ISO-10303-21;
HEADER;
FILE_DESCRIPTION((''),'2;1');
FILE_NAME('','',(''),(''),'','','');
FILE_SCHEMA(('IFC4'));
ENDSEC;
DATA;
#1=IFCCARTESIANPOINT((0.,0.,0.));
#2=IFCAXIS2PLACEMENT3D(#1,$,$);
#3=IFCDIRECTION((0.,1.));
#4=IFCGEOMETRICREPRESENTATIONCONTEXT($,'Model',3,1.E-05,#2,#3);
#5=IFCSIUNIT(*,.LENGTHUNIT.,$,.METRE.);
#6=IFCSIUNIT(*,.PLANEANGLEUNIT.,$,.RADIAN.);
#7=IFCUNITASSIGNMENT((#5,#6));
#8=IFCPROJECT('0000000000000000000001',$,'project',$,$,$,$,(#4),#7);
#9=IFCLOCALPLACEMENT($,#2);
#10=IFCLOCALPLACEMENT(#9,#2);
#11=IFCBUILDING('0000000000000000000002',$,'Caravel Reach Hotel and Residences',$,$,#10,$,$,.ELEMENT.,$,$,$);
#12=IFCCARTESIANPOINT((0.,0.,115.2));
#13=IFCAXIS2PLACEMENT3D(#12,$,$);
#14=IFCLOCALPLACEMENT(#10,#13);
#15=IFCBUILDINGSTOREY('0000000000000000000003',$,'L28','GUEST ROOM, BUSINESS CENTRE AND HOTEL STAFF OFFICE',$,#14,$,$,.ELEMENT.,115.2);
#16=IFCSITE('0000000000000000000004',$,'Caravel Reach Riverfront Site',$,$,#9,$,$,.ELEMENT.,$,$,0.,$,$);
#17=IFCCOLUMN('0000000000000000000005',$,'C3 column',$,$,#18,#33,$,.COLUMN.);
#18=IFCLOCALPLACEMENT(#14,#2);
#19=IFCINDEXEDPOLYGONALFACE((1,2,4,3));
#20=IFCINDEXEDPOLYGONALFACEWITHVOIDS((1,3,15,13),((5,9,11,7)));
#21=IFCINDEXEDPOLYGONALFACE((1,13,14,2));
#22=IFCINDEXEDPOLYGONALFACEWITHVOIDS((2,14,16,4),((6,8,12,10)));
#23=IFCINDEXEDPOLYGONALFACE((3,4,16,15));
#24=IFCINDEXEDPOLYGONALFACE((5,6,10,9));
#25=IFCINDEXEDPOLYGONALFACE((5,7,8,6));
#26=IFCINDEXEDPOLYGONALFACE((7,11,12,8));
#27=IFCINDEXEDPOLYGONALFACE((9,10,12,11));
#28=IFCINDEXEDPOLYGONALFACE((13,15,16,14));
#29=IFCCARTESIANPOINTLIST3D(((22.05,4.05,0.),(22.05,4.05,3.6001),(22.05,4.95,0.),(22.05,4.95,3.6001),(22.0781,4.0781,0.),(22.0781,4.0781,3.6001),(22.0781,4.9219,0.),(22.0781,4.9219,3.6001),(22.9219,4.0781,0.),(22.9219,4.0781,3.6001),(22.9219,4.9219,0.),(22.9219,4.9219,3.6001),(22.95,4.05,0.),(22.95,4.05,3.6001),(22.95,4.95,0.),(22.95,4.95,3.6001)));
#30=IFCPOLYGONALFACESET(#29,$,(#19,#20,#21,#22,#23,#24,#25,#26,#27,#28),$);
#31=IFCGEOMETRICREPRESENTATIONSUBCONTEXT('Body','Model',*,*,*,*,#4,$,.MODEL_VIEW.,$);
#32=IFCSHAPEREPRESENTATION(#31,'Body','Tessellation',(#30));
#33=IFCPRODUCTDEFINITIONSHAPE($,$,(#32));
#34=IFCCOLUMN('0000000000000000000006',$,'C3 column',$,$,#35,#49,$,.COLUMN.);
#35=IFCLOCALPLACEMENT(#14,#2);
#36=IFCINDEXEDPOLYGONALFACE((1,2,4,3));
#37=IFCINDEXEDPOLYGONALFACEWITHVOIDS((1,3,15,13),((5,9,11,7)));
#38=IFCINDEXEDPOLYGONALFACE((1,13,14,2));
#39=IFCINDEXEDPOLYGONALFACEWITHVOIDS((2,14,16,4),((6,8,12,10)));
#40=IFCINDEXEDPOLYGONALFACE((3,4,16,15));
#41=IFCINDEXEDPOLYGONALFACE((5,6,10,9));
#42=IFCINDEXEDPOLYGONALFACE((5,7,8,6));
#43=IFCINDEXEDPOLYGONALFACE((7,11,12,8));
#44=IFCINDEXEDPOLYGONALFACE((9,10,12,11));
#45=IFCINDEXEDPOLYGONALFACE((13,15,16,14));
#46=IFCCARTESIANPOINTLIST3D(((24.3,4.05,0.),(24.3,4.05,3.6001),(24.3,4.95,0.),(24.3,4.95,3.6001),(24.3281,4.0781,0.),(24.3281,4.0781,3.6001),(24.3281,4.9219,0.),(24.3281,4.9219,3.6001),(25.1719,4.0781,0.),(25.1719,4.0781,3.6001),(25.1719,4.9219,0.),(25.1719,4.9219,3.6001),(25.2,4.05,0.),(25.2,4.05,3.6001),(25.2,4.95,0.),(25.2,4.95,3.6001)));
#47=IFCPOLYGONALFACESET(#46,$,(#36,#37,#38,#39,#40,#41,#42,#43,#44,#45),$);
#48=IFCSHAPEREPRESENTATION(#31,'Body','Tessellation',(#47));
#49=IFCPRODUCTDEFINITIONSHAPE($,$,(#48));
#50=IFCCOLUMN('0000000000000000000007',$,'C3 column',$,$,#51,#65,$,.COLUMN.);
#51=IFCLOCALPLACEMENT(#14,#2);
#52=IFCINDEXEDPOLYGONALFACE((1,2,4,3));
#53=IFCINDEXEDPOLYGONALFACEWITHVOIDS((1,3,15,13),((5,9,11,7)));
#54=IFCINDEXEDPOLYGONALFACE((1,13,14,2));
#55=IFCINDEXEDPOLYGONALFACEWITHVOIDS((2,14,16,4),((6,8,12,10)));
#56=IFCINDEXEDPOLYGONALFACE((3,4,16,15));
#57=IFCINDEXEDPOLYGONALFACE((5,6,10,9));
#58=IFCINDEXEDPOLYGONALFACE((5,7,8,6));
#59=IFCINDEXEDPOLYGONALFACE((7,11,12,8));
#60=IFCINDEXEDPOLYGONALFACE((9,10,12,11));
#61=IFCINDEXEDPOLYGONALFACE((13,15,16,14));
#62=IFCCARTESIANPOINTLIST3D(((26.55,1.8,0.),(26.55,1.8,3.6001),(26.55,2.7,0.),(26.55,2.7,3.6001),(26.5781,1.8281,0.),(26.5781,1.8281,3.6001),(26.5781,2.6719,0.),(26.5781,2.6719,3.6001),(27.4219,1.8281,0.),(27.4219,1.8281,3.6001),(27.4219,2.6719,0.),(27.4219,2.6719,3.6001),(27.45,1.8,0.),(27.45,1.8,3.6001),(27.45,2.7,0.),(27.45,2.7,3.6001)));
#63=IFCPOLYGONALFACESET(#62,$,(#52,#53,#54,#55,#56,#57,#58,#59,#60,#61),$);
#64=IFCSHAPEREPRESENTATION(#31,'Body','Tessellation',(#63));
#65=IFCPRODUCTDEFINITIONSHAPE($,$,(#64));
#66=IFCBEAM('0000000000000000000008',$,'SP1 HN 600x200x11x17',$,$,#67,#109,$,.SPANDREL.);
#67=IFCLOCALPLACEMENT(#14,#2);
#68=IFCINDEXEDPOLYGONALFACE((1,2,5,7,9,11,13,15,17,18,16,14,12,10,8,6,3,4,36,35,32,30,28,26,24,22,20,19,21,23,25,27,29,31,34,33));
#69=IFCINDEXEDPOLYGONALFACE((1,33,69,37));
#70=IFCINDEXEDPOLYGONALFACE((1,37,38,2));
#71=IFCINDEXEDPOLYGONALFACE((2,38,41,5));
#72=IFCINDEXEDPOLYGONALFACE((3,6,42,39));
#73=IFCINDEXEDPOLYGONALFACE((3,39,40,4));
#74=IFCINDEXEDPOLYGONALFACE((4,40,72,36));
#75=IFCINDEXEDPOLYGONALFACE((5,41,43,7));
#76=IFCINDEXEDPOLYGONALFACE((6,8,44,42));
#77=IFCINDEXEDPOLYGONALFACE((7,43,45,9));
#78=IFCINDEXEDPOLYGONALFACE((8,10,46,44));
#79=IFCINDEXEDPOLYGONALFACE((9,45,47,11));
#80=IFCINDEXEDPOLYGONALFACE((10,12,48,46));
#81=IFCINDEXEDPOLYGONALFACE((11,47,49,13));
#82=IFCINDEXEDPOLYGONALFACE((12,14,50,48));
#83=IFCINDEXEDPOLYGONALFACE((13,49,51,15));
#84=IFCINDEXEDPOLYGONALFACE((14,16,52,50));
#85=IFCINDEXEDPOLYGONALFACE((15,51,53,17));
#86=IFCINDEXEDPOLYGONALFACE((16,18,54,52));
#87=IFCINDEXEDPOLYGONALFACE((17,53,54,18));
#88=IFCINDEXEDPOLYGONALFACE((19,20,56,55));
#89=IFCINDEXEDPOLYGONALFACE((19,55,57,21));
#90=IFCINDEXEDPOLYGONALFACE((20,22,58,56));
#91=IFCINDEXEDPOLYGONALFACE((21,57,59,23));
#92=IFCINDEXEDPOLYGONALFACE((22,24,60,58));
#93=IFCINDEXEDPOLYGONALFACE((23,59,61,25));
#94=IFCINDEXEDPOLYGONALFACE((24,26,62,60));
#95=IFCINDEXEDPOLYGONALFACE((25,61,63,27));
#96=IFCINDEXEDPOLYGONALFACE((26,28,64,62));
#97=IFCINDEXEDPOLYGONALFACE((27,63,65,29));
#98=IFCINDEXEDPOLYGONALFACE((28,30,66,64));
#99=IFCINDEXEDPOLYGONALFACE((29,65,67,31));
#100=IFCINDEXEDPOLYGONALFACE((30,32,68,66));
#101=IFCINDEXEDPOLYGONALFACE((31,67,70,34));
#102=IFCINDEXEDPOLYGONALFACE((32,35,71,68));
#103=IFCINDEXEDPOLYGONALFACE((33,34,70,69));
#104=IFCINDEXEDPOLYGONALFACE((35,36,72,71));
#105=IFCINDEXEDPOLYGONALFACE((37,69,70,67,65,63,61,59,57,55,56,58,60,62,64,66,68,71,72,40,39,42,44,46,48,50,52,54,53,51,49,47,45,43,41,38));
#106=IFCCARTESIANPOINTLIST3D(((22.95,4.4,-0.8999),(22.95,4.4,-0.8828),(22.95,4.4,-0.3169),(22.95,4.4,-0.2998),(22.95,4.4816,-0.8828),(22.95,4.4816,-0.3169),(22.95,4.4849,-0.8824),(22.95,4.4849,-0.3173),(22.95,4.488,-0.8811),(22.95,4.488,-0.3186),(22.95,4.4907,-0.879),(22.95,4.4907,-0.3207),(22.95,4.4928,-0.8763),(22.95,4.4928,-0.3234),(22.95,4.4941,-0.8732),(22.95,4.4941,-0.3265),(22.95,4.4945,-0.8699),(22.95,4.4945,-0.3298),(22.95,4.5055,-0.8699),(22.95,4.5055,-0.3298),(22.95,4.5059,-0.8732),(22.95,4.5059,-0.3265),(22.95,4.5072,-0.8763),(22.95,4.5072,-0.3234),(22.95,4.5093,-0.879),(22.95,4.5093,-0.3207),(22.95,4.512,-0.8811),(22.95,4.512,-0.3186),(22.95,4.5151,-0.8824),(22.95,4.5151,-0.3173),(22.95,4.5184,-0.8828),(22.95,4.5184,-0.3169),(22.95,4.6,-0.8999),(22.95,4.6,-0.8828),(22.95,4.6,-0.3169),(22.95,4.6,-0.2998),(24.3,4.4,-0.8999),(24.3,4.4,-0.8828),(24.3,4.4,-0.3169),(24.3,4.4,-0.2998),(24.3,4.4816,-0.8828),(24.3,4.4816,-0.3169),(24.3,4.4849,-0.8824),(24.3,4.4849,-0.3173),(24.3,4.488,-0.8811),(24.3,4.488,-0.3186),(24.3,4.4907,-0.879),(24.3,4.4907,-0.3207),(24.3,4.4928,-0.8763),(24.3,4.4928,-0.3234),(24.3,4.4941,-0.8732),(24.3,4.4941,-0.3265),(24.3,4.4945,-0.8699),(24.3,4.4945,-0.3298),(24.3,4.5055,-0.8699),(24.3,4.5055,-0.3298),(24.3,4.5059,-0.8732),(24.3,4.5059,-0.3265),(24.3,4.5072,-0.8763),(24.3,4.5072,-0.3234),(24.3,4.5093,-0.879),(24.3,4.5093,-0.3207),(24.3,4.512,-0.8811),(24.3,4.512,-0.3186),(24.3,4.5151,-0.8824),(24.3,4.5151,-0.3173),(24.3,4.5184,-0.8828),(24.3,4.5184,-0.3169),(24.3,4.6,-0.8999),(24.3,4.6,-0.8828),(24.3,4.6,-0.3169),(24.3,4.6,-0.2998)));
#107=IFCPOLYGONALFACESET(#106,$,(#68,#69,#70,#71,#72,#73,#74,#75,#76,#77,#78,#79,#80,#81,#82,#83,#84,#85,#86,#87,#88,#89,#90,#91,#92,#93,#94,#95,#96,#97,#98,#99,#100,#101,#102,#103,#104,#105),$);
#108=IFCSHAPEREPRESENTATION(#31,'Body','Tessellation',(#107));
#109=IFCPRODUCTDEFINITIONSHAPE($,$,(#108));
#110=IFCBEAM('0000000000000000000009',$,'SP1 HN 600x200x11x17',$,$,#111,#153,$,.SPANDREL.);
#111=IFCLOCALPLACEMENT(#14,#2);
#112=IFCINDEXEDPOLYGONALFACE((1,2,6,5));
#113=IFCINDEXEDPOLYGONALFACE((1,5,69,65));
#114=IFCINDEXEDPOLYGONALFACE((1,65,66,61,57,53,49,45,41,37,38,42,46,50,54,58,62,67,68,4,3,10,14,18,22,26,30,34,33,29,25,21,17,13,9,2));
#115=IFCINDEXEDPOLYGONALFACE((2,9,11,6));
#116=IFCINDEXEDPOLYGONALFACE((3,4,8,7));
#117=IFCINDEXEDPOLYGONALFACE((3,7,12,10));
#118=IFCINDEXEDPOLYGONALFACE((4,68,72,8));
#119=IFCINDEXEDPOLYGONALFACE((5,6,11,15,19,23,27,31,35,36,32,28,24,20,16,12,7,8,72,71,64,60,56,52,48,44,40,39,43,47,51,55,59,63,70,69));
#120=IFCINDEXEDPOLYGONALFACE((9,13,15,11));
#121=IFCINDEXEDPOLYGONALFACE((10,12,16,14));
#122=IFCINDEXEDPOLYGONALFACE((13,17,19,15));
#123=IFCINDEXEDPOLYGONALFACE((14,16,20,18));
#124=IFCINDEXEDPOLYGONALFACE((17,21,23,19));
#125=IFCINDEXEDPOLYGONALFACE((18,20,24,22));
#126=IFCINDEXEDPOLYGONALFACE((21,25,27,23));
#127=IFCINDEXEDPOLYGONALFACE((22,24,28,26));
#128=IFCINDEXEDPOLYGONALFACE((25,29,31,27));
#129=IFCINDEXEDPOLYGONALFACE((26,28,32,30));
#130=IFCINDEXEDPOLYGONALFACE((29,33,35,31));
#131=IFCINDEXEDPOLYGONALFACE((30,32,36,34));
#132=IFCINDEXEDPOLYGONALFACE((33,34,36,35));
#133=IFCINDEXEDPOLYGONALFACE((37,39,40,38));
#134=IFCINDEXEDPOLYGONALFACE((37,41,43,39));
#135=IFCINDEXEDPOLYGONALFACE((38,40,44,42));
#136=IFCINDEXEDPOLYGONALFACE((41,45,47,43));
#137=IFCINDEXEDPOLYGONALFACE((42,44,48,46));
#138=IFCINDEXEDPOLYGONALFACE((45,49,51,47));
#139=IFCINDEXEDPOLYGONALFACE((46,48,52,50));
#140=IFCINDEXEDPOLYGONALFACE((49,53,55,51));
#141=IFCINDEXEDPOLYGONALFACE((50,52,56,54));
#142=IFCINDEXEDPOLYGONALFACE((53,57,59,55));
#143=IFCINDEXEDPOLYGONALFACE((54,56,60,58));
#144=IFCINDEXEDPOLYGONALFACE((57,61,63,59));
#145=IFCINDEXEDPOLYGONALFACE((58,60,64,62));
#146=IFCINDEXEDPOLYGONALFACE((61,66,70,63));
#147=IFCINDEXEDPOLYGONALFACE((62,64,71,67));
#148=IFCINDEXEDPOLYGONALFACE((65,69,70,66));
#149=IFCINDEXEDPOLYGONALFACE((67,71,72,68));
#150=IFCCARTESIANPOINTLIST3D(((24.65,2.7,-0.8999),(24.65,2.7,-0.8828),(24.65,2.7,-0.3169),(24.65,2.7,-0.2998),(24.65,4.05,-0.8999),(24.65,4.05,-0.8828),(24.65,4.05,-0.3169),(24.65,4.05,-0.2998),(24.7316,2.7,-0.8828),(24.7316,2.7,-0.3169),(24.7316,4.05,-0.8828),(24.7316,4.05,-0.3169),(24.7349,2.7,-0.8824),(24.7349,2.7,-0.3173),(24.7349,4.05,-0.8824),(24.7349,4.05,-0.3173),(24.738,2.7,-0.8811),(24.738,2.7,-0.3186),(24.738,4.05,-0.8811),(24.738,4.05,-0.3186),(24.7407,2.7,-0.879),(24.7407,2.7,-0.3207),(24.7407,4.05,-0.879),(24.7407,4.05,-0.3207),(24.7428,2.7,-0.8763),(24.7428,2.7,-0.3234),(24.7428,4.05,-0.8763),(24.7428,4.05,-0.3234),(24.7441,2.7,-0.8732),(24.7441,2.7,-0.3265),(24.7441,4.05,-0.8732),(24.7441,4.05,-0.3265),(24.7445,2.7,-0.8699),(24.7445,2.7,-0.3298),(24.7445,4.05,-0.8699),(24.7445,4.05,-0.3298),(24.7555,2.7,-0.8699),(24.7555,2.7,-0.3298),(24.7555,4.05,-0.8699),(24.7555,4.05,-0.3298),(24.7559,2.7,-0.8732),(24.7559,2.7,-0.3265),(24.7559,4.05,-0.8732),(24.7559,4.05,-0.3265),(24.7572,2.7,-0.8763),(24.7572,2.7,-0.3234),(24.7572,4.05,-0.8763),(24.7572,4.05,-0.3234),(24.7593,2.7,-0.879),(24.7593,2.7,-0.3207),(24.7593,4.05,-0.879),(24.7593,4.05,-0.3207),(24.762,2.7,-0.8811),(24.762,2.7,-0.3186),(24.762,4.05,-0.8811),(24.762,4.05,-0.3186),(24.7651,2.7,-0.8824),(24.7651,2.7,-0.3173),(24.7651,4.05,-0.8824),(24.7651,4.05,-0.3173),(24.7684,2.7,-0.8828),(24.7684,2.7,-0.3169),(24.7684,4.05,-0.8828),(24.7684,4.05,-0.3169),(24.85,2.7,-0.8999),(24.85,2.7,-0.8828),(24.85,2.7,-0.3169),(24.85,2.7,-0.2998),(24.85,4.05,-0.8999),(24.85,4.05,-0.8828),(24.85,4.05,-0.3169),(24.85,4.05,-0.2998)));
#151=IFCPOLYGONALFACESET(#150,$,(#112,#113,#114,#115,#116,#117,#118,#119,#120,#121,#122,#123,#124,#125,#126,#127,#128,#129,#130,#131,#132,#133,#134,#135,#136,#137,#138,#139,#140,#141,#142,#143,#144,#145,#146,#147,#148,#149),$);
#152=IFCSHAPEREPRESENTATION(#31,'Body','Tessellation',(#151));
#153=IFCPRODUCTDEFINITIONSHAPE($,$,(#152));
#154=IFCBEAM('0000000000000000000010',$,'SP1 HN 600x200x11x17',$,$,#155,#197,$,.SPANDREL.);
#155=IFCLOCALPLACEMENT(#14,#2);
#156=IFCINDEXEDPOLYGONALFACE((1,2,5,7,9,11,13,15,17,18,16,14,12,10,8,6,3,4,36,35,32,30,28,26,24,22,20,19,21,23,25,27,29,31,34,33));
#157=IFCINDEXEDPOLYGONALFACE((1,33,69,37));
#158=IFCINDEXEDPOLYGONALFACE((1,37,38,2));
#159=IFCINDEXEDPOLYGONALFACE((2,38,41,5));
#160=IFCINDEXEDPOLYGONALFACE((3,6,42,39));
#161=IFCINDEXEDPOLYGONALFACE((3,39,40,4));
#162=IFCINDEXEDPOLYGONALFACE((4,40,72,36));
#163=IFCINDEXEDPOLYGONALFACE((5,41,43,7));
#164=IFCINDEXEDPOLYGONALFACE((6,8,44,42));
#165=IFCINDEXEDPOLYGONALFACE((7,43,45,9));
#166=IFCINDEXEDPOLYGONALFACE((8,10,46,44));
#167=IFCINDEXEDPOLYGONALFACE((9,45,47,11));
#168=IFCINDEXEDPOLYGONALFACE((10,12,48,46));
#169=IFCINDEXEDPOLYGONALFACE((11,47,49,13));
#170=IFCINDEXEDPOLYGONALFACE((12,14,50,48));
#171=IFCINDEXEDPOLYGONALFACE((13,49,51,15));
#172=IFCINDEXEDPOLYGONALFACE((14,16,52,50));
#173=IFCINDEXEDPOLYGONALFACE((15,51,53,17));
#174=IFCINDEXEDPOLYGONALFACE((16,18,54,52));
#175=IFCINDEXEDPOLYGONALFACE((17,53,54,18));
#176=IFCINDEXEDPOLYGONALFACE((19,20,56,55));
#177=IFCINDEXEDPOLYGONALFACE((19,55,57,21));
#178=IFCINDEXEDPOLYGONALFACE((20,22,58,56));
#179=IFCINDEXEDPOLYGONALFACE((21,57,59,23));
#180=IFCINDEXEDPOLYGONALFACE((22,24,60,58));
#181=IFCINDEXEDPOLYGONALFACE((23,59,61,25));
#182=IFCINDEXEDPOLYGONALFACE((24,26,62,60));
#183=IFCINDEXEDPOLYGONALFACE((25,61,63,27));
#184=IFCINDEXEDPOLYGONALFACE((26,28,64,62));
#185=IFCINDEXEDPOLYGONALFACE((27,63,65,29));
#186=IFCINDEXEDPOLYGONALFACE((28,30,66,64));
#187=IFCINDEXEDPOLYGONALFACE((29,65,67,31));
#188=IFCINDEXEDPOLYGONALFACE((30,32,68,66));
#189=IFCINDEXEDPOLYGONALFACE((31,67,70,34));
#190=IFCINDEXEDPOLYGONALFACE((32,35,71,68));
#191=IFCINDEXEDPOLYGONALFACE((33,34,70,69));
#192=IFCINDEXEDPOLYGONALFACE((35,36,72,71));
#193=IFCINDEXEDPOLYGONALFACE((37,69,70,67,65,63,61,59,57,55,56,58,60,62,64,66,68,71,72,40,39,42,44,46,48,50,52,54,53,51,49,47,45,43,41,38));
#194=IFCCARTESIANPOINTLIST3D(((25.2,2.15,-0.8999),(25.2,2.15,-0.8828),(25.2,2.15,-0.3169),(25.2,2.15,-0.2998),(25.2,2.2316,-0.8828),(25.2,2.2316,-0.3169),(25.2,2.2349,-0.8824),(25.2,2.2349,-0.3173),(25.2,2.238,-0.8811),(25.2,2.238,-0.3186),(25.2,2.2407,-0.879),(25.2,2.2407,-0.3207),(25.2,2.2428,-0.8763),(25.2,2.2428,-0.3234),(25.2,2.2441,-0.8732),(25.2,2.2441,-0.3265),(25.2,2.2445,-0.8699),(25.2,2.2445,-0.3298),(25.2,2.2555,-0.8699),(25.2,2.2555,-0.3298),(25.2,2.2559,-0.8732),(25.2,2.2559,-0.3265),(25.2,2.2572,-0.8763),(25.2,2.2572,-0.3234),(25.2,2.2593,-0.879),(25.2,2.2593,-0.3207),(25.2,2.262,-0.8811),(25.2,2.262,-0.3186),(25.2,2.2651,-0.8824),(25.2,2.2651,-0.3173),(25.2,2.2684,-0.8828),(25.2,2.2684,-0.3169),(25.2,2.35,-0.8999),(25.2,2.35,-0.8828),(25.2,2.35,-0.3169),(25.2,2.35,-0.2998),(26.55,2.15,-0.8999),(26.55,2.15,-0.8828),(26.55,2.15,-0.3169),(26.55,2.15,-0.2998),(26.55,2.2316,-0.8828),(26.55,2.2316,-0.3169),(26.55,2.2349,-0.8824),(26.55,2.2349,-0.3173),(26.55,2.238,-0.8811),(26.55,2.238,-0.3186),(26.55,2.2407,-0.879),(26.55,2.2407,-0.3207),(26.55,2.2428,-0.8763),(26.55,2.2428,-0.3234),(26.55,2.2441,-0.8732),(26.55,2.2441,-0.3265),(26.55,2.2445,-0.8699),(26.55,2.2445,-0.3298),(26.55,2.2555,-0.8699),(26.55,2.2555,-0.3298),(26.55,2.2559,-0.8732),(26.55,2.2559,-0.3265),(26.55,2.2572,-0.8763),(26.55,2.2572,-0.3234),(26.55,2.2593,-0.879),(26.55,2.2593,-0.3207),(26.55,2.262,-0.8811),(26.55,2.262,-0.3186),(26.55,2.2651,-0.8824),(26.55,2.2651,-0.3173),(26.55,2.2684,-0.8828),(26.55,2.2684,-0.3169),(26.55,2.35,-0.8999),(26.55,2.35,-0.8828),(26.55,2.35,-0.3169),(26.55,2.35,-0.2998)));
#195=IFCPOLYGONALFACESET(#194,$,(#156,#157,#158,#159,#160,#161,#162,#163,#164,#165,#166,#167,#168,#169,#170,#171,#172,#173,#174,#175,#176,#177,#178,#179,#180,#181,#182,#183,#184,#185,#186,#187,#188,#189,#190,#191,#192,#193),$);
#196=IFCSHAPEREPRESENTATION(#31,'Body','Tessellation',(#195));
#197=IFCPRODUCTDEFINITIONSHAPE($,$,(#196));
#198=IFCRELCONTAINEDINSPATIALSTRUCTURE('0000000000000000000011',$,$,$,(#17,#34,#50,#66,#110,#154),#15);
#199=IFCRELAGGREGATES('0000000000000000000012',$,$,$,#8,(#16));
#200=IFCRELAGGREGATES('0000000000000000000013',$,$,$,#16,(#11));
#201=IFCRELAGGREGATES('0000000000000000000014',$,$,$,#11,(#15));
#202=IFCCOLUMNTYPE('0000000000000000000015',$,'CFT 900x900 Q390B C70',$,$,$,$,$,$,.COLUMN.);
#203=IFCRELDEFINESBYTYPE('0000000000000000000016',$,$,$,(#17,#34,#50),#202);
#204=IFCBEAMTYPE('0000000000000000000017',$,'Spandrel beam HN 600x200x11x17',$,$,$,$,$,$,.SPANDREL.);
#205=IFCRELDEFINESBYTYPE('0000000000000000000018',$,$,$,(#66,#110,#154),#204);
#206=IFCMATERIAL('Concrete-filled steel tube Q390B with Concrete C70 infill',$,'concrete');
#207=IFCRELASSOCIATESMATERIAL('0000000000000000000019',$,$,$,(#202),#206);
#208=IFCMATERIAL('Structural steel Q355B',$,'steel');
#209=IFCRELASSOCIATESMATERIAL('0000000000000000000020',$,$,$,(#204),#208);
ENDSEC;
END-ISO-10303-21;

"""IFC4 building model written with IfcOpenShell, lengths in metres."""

from ifc_helpers import new_model, si_unit, direction, frame, origin, origin_2d, place, context, subcontext, project, spatial, hollow_rectangle, i_section, extrude, material, material_profile, profile_set, type_object, element, save


model = new_model("IFC4")

# Units and contexts
model_context = context("Model", 3, precision=1e-05, world=origin(), true_north=direction((0.0, 1.0)))
body_context = subcontext(model_context, "Body", "Model", "MODEL_VIEW")
ifc_project = project(units=[si_unit("LENGTHUNIT", "METRE"), si_unit("PLANEANGLEUNIT", "RADIAN")], contexts=[model_context])

# Site, building, storey
site_placement = place(None, origin())
site = spatial("IfcSite", under=ifc_project, at=site_placement, Name="Caravel Reach Riverfront Site", CompositionType="ELEMENT", RefElevation=0.0)
building_placement = place(site_placement, origin())
building = spatial("IfcBuilding", under=site, at=building_placement, Name="Caravel Reach Hotel and Residences", CompositionType="ELEMENT")
storey_placement = place(building_placement, frame((0.0, 0.0, 115.2)))
storey = spatial("IfcBuildingStorey", under=building, at=storey_placement, Name="L28", Description="GUEST ROOM, BUSINESS CENTRE AND HOTEL STAFF OFFICE", CompositionType="ELEMENT", Elevation=115.2)

# Columns
ifc_material_1 = material(Name="Concrete-filled steel tube Q390B with Concrete C70 infill", Category="concrete")
ifc_material_profile_1 = material_profile(ifc_material_1, hollow_rectangle(XDim=0.8999, YDim=0.8999, WallThickness=0.0281, at=origin_2d()), Name="RHS 900x900x28")
ifc_profile_set_1 = profile_set([ifc_material_profile_1], Name="Concrete-filled steel tube Q390B with Concrete C70 infill")
column_type = type_object("IfcColumnType", Name="CFT 900x900 Q390B C70", PredefinedType="COLUMN", material=ifc_profile_set_1)
for number, where, z_axis, x_axis, name in (
    (1, (22.5, 4.5, 0.0), (0.0, 0.0, 1.0), (1.0, 0.0, 0.0), "C3 column"),
    (2, (24.75, 4.5, 0.0), (0.0, 0.0, 1.0), (1.0, 0.0, 0.0), "C3 column"),
    (3, (27.0, 2.25, 0.0), (0.0, 0.0, 1.0), (1.0, 0.0, 0.0), "C3 column"),
):
    element("IfcColumn", number, at=place(storey_placement, frame(where, z_axis=z_axis, x_axis=x_axis)), inside=storey, type_object=column_type, Name=name, PredefinedType="COLUMN", context=body_context, shape_type="SweptSolid", body=[
        extrude(hollow_rectangle(XDim=0.8999, YDim=0.8999, WallThickness=0.0281, at=origin_2d()), origin(), (0.0, 0.0, 1.0), 3.6001),
    ])

# Beams
ifc_material_2 = material(Name="Structural steel Q355B", Category="steel")
ifc_material_profile_2 = material_profile(ifc_material_2, i_section(OverallWidth=0.2, OverallDepth=0.6001, WebThickness=0.011, FlangeThickness=0.0171, FilletRadius=0.0129, at=origin_2d()), Name="HN 600x200x11x17")
ifc_profile_set_2 = profile_set([ifc_material_profile_2], Name="Structural steel Q355B")
beam_type = type_object("IfcBeamType", Name="Spandrel beam HN 600x200x11x17", PredefinedType="SPANDREL", material=ifc_profile_set_2)
for number, where, z_axis, x_axis, name in (
    (4, (22.95, 4.5, -0.5999), (1.0, 0.0, 0.0), (0.0, 1.0, 0.0), "SP1 HN 600x200x11x17"),
    (5, (24.75, 4.05, -0.5999), (0.0, -1.0, 0.0), (1.0, 0.0, 0.0), "SP1 HN 600x200x11x17"),
    (6, (25.2, 2.25, -0.5999), (1.0, 0.0, 0.0), (0.0, 1.0, 0.0), "SP1 HN 600x200x11x17"),
):
    element("IfcBeam", number, at=place(storey_placement, frame(where, z_axis=z_axis, x_axis=x_axis)), inside=storey, type_object=beam_type, Name=name, PredefinedType="SPANDREL", context=body_context, shape_type="SweptSolid", body=[
        extrude(i_section(OverallWidth=0.2, OverallDepth=0.6001, WebThickness=0.011, FlangeThickness=0.0171, FilletRadius=0.0129, at=origin_2d()), origin(), (0.0, 0.0, 1.0), 1.3501),
    ])

save(model, "model.ifc")
